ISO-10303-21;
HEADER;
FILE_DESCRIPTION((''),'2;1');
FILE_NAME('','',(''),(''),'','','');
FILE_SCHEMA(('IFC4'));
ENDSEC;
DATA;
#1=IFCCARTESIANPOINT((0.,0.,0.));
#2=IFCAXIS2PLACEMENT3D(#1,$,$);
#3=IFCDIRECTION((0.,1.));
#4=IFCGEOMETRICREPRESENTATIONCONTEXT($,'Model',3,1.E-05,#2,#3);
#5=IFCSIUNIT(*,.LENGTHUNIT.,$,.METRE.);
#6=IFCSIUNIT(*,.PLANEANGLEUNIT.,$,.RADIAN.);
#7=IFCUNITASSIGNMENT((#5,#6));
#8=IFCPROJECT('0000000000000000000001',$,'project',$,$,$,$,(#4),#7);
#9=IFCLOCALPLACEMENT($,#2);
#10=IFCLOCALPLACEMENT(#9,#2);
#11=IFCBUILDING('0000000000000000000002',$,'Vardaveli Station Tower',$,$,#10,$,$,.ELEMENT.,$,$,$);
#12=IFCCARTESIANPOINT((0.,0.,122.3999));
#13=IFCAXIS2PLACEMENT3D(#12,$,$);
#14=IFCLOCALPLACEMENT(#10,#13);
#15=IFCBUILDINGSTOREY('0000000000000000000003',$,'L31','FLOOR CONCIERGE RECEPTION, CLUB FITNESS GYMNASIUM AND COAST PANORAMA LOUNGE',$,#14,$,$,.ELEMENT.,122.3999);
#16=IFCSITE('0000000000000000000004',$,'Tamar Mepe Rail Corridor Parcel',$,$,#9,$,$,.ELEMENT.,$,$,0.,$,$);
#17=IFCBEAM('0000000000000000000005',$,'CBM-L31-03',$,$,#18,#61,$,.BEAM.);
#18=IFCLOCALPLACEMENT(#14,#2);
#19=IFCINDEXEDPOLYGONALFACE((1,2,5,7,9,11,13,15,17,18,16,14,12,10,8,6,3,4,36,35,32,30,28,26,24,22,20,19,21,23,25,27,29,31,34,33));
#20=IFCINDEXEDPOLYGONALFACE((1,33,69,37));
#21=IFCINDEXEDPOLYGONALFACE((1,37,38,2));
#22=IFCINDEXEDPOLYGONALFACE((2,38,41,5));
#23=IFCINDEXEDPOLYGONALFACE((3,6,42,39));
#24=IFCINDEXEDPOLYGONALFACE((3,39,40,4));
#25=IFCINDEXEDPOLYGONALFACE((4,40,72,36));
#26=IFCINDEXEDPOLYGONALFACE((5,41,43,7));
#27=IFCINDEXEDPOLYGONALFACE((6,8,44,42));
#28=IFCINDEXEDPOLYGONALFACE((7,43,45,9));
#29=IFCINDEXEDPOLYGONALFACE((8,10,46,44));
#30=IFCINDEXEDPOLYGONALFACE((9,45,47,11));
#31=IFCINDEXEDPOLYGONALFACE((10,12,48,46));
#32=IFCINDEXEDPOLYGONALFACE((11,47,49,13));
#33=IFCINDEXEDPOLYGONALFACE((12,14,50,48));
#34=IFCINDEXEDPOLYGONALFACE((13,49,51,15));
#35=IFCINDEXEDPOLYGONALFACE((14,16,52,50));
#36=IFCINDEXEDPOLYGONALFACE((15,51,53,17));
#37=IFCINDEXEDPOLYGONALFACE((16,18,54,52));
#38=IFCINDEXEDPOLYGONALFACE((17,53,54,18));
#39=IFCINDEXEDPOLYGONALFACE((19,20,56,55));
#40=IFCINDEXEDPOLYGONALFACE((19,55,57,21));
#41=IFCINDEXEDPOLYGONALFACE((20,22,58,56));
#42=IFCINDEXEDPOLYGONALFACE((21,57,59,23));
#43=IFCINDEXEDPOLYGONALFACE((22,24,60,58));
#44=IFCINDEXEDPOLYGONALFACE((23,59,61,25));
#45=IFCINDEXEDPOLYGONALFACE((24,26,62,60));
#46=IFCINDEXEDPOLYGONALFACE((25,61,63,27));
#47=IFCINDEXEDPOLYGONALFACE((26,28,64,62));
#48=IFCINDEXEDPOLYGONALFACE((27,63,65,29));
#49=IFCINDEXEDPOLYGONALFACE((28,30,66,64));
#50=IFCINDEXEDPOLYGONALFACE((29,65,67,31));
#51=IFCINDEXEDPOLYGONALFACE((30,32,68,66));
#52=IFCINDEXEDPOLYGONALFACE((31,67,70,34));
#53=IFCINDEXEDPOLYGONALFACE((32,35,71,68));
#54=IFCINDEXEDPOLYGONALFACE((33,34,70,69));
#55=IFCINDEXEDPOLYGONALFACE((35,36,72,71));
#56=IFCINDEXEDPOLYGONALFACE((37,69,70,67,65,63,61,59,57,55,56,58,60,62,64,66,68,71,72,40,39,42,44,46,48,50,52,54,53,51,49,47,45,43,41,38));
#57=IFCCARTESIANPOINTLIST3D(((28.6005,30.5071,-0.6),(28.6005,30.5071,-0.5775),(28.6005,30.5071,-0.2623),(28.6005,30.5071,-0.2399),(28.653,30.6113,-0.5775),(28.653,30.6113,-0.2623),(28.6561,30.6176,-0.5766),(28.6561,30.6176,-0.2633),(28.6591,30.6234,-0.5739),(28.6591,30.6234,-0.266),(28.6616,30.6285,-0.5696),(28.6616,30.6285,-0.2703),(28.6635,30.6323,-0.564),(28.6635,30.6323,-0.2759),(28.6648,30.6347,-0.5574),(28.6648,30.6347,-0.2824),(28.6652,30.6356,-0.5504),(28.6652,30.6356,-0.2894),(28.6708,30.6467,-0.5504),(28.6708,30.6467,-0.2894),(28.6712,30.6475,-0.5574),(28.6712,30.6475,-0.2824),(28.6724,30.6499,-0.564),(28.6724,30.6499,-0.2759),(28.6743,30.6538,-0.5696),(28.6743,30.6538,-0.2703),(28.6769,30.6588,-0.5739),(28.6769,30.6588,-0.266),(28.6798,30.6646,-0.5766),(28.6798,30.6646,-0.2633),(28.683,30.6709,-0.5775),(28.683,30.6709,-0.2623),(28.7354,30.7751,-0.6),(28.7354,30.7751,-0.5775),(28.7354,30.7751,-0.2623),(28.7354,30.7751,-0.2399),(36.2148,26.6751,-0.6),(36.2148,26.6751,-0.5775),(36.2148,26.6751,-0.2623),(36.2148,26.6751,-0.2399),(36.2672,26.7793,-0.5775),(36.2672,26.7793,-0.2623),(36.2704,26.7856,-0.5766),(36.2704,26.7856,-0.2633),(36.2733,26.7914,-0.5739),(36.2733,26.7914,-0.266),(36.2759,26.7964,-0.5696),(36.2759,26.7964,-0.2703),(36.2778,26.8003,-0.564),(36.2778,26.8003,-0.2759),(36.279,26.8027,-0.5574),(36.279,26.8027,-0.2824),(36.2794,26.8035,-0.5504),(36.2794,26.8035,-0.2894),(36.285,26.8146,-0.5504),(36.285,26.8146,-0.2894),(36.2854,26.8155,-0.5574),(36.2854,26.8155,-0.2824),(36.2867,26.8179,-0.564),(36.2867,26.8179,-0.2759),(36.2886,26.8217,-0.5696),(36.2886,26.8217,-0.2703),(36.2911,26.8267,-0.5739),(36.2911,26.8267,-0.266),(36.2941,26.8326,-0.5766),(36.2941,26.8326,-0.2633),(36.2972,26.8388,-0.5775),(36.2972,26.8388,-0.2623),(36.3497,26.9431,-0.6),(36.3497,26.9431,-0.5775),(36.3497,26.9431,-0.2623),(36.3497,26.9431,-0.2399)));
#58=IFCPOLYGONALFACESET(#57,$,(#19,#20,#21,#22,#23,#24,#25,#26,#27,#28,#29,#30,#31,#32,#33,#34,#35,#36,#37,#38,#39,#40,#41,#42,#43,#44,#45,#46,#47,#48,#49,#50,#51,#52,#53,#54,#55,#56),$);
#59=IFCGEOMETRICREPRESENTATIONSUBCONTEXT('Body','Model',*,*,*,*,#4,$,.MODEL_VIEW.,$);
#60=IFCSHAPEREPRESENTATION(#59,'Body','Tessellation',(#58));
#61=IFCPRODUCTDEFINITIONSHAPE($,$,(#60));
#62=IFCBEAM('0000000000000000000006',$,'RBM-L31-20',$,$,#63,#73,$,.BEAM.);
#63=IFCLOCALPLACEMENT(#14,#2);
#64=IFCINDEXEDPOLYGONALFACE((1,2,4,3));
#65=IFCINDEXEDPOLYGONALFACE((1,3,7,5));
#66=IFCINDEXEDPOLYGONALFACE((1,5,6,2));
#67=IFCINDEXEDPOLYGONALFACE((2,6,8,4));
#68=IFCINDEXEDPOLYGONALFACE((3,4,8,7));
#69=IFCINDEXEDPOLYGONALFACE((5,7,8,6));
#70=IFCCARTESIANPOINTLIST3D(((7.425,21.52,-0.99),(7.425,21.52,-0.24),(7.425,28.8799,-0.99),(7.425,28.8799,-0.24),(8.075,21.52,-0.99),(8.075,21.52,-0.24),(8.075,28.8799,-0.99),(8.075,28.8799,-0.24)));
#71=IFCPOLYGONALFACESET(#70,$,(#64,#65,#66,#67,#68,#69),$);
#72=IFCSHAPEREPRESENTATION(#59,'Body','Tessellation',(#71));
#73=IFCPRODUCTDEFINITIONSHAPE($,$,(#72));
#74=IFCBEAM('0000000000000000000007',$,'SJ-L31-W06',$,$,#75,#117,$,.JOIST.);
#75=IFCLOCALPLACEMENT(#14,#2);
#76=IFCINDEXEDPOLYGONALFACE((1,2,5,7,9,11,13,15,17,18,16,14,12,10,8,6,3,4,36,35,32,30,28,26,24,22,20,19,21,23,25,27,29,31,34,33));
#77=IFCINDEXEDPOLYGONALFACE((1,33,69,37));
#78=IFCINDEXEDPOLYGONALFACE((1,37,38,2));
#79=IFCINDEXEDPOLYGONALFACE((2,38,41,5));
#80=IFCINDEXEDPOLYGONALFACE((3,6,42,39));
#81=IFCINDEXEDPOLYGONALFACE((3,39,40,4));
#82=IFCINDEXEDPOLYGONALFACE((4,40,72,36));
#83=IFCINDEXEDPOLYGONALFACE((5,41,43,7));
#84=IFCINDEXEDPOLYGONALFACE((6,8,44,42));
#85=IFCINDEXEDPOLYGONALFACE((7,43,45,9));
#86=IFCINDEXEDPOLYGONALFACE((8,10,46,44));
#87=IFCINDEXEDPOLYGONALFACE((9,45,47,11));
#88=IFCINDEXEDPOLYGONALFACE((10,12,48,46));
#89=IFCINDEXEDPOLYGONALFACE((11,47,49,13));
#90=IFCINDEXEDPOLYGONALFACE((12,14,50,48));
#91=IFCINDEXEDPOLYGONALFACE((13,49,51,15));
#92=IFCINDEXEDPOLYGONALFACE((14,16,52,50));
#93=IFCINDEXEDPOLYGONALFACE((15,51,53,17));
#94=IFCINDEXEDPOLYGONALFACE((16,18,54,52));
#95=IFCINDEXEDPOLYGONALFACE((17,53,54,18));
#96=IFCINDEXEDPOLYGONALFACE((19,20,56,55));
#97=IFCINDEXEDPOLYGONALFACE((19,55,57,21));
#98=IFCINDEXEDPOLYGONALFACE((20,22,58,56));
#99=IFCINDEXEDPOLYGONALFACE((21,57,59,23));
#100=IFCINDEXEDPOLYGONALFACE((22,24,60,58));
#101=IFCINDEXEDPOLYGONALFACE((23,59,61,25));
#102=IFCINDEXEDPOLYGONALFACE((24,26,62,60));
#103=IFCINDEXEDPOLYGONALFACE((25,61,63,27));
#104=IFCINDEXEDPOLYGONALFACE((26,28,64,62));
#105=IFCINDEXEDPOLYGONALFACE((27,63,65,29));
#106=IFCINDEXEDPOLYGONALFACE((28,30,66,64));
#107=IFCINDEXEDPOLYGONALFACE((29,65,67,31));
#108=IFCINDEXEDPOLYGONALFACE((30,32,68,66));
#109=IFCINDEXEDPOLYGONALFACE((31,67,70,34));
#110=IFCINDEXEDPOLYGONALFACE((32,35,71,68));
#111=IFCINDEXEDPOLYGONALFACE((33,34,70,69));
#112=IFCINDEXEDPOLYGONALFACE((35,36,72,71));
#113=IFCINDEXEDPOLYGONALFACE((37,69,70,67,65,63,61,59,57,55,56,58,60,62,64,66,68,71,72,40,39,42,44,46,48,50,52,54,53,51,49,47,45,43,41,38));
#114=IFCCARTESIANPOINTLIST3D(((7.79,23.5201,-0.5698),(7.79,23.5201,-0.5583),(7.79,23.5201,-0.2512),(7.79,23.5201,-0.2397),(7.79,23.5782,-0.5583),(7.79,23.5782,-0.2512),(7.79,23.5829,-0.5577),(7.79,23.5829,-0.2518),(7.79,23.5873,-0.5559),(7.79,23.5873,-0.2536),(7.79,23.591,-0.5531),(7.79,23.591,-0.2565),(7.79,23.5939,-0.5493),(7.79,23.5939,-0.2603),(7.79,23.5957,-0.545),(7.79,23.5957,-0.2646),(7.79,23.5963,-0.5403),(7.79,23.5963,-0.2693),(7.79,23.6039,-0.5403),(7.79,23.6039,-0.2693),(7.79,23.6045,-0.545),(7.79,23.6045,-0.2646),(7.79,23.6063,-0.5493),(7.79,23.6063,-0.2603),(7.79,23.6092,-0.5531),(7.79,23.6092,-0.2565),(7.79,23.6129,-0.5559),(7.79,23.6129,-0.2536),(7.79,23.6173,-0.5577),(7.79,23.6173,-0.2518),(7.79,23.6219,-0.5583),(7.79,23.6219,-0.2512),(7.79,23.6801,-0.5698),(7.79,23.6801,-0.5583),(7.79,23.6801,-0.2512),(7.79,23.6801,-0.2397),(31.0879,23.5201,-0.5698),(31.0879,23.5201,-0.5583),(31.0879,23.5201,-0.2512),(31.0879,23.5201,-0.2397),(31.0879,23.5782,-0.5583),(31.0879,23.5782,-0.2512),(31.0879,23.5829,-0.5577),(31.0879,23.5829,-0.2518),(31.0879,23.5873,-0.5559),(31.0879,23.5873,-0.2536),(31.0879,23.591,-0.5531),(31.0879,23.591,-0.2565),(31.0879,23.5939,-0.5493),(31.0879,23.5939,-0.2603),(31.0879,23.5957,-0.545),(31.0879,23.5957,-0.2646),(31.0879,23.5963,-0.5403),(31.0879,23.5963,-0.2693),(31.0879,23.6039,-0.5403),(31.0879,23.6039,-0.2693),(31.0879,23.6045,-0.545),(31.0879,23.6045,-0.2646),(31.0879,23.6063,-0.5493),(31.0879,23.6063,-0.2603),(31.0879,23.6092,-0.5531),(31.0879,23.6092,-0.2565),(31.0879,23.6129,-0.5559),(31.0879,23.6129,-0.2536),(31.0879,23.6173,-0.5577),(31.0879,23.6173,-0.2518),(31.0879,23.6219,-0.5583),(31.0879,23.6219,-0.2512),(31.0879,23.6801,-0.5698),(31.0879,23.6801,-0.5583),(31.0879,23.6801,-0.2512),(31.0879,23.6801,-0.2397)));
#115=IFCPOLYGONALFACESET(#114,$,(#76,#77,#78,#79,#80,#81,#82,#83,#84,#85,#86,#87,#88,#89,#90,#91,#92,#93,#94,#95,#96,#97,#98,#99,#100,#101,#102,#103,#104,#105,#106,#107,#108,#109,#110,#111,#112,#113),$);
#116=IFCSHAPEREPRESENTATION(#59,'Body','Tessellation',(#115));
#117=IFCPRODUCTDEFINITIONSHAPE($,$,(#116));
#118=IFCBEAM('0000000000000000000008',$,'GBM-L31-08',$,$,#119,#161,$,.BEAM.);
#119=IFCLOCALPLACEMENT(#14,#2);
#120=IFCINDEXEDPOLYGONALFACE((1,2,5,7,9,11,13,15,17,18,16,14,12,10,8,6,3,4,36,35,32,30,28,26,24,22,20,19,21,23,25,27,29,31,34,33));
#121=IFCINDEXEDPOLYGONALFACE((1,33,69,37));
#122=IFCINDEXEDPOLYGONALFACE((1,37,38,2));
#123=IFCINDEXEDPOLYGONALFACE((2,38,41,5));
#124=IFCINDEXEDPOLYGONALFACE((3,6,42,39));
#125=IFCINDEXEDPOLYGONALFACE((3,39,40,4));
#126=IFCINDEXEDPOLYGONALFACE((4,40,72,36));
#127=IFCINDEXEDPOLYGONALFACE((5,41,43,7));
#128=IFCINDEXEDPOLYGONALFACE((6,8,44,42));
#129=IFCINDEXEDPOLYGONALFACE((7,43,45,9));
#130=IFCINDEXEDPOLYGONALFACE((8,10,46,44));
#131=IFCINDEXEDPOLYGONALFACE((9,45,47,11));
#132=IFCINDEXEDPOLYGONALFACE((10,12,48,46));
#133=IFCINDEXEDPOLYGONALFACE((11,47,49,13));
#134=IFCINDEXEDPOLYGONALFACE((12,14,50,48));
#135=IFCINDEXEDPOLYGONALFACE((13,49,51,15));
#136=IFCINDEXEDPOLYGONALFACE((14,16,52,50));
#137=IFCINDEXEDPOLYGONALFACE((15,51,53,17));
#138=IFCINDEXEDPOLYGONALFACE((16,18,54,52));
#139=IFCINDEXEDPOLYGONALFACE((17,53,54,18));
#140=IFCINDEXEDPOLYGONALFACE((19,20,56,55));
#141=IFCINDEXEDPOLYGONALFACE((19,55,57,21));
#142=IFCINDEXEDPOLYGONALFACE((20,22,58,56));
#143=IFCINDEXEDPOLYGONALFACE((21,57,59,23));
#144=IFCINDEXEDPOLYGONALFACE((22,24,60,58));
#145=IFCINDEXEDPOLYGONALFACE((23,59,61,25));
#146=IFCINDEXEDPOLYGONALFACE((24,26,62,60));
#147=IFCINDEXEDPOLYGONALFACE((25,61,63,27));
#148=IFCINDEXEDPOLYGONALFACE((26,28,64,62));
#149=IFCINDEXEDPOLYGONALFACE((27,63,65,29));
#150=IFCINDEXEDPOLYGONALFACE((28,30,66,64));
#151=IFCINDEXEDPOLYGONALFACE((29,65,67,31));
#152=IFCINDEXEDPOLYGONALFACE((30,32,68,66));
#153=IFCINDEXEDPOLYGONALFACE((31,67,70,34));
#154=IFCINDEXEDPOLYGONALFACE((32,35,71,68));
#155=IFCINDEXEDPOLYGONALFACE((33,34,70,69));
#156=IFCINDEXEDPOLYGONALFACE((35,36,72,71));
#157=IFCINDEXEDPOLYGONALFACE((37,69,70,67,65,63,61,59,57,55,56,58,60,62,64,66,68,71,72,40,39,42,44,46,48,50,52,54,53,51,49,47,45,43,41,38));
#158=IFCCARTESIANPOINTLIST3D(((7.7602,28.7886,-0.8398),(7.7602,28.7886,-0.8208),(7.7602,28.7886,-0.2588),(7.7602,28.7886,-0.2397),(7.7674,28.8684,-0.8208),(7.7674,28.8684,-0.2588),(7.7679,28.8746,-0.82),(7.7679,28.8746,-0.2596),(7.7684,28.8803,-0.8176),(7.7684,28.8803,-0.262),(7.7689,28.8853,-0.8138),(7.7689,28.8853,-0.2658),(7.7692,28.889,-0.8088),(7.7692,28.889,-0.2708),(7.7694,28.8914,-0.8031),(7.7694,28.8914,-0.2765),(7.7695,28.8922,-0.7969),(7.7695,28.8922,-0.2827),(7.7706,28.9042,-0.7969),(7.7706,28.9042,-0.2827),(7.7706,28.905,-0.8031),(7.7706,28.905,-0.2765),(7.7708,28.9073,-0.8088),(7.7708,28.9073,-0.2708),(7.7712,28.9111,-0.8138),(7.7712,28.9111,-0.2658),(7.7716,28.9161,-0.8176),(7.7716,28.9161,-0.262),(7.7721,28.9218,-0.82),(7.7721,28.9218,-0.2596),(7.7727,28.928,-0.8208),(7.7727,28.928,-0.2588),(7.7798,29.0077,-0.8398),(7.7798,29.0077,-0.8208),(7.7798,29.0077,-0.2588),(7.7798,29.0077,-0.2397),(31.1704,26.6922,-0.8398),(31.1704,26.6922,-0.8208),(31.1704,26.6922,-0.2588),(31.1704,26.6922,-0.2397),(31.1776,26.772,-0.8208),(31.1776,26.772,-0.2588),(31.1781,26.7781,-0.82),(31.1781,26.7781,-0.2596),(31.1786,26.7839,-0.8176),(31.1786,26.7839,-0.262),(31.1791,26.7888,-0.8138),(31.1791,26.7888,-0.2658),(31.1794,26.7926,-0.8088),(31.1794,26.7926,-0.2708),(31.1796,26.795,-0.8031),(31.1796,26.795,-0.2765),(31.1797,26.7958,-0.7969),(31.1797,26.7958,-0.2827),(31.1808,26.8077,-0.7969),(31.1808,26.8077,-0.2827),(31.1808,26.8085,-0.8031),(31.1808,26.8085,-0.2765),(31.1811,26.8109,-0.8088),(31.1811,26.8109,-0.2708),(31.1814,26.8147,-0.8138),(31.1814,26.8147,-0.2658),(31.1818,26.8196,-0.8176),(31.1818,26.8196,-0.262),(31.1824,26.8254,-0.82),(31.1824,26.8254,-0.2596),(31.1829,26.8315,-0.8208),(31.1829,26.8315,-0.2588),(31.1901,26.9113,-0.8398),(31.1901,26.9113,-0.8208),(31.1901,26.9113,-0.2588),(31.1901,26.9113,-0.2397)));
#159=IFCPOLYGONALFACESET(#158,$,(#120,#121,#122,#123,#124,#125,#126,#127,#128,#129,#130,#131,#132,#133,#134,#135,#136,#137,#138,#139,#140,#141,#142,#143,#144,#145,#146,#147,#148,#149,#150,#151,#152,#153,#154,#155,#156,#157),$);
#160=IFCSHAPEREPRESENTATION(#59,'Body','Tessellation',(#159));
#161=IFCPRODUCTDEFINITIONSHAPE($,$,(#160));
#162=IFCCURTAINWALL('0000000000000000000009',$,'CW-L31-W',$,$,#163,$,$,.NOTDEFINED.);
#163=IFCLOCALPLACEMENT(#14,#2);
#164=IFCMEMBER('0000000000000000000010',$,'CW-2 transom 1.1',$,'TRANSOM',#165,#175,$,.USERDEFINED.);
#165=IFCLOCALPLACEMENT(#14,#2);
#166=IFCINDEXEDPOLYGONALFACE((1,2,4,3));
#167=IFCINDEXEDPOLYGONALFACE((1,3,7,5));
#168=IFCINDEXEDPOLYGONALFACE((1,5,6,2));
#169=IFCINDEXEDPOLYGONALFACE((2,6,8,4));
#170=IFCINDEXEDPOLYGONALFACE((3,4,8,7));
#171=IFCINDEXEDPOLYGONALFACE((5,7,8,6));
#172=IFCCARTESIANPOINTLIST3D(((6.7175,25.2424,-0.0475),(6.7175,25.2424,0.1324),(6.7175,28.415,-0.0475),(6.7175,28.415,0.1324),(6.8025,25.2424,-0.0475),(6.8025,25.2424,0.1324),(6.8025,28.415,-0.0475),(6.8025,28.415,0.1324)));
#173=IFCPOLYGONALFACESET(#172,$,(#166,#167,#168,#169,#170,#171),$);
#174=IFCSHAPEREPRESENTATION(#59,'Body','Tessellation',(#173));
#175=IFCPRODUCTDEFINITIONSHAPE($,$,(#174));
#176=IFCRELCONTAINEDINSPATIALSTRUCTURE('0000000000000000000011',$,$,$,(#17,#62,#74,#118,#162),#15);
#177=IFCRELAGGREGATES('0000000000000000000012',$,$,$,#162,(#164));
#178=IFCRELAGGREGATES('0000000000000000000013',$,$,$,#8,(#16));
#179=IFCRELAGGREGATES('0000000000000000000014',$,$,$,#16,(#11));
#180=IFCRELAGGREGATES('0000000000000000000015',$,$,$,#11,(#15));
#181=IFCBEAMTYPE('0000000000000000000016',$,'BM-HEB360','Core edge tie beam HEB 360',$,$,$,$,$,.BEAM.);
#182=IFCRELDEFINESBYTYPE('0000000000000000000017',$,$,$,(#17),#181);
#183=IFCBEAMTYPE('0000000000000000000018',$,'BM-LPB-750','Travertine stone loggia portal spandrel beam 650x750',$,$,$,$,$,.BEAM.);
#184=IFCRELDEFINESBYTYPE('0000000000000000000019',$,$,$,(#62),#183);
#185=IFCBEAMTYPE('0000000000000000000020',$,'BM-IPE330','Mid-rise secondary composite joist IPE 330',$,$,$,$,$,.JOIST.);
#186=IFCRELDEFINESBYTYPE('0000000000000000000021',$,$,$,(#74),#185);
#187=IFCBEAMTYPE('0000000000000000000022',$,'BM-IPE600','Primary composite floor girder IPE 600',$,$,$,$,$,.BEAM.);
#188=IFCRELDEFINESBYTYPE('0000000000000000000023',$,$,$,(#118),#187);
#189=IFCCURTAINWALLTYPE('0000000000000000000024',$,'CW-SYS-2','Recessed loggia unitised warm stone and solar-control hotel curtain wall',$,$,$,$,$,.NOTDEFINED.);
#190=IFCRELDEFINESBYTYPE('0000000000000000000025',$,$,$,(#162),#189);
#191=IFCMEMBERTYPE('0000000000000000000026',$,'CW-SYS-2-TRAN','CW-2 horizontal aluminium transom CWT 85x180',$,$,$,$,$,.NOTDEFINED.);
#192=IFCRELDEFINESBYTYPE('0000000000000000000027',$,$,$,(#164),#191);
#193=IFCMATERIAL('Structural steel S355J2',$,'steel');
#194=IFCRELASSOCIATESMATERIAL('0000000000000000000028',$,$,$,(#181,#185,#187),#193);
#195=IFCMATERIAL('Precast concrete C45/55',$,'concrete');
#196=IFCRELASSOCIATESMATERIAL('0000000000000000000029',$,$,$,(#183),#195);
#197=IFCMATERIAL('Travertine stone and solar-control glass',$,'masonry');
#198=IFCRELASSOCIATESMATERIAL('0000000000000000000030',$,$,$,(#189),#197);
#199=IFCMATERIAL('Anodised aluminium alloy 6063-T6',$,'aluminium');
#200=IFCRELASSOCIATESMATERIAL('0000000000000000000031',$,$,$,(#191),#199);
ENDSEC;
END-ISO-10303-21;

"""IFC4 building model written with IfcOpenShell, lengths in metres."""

from ifc_helpers import new_model, si_unit, direction, frame, origin, origin_2d, place, context, subcontext, project, spatial, rectangle, i_section, extrude, source, transform, mapped, material, material_profile, profile_set, type_object, element, aggregate, save


model = new_model("IFC4")

# Units and contexts
model_context = context("Model", 3, precision=1e-05, world=origin(), true_north=direction((0.0, 1.0)))
body_context = subcontext(model_context, "Body", "Model", "MODEL_VIEW")
ifc_project = project(units=[si_unit("LENGTHUNIT", "METRE"), si_unit("PLANEANGLEUNIT", "RADIAN")], contexts=[model_context])

# Site, building, storey
site_placement = place(None, origin())
site = spatial("IfcSite", under=ifc_project, at=site_placement, Name="Tamar Mepe Rail Corridor Parcel", CompositionType="ELEMENT", RefElevation=0.0)
building_placement = place(site_placement, origin())
building = spatial("IfcBuilding", under=site, at=building_placement, Name="Vardaveli Station Tower", CompositionType="ELEMENT")
storey_placement = place(building_placement, frame((0.0, 0.0, 122.3999)))
storey = spatial("IfcBuildingStorey", under=building, at=storey_placement, Name="L31", Description="FLOOR CONCIERGE RECEPTION, CLUB FITNESS GYMNASIUM AND COAST PANORAMA LOUNGE", CompositionType="ELEMENT", Elevation=122.3999)

# Beams
ifc_material_1 = material(Name="Structural steel S355J2", Category="steel")
ifc_material_profile_1 = material_profile(ifc_material_1, i_section(OverallWidth=0.3, OverallDepth=0.3601, WebThickness=0.0125, FlangeThickness=0.0225, FilletRadius=0.0271, at=origin_2d()), Name="HEB 360")
ifc_profile_set_1 = profile_set([ifc_material_profile_1], Name="Structural steel S355J2")
beam_type_1 = type_object("IfcBeamType", Name="BM-HEB360", Description="Core edge tie beam HEB 360", PredefinedType="BEAM", material=ifc_profile_set_1)
shared_shape_1 = source(origin(), body_context, "Body", "SweptSolid", [
    extrude(i_section(OverallWidth=0.3, OverallDepth=0.3601, WebThickness=0.0125, FlangeThickness=0.0225, FilletRadius=0.0271, at=origin_2d()), origin(), (0.0, 0.0, 1.0), 8.5242),
])
beam_1_placement = place(storey_placement, frame((28.668, 30.6411, -0.4199), z_axis=(0.893256, -0.449549, 0.0), x_axis=(0.449549, 0.893256, 0.0)))
element("IfcBeam", 1, at=beam_1_placement, inside=storey, type_object=beam_type_1, Name="CBM-L31-03", PredefinedType="BEAM", context=body_context, shape_type="MappedRepresentation", body=[
    mapped(shared_shape_1, transform((0.0, 0.0, 0.0), scale=1.0)),
])
ifc_material_2 = material(Name="Precast concrete C45/55", Category="concrete")
ifc_material_profile_2 = material_profile(ifc_material_2, rectangle(XDim=0.6499, YDim=0.75, at=origin_2d()), Name="LPB 650x750")
ifc_profile_set_2 = profile_set([ifc_material_profile_2], Name="Precast concrete C45/55")
beam_type_2 = type_object("IfcBeamType", Name="BM-LPB-750", Description="Travertine stone loggia portal spandrel beam 650x750", PredefinedType="BEAM", material=ifc_profile_set_2)
shared_shape_2 = source(origin(), body_context, "Body", "SweptSolid", [
    extrude(rectangle(XDim=0.6499, YDim=0.75, at=origin_2d()), origin(), (0.0, 0.0, 1.0), 7.3599),
])
beam_2_placement = place(storey_placement, frame((7.75, 28.8799, -0.615), z_axis=(0.0, -1.0, 0.0), x_axis=(1.0, 0.0, 0.0)))
element("IfcBeam", 2, at=beam_2_placement, inside=storey, type_object=beam_type_2, Name="RBM-L31-20", PredefinedType="BEAM", context=body_context, shape_type="MappedRepresentation", body=[
    mapped(shared_shape_2, transform((0.0, 0.0, 0.0), scale=1.0)),
])
ifc_material_profile_3 = material_profile(ifc_material_1, i_section(OverallWidth=0.1599, OverallDepth=0.3301, WebThickness=0.0076, FlangeThickness=0.0115, FilletRadius=0.0181, at=origin_2d()), Name="IPE 330")
ifc_profile_set_3 = profile_set([ifc_material_profile_3], Name="Structural steel S355J2")
beam_type_3 = type_object("IfcBeamType", Name="BM-IPE330", Description="Mid-rise secondary composite joist IPE 330", PredefinedType="JOIST", material=ifc_profile_set_3)
shared_shape_3 = source(origin(), body_context, "Body", "SweptSolid", [
    extrude(i_section(OverallWidth=0.1599, OverallDepth=0.3301, WebThickness=0.0076, FlangeThickness=0.0115, FilletRadius=0.0181, at=origin_2d()), origin(), (0.0, 0.0, 1.0), 23.2979),
])
beam_3_placement = place(storey_placement, frame((7.79, 23.6001, -0.4048), z_axis=(1.0, 0.0, 0.0), x_axis=(0.0, 1.0, 0.0)))
element("IfcBeam", 3, at=beam_3_placement, inside=storey, type_object=beam_type_3, Name="SJ-L31-W06", PredefinedType="JOIST", context=body_context, shape_type="MappedRepresentation", body=[
    mapped(shared_shape_3, transform((0.0, 0.0, 0.0), scale=1.0)),
])
ifc_material_profile_4 = material_profile(ifc_material_1, i_section(OverallWidth=0.22, OverallDepth=0.6001, WebThickness=0.012, FlangeThickness=0.019, FilletRadius=0.0239, at=origin_2d()), Name="IPE 600")
ifc_profile_set_4 = profile_set([ifc_material_profile_4], Name="Structural steel S355J2")
beam_type_4 = type_object("IfcBeamType", Name="BM-IPE600", Description="Primary composite floor girder IPE 600", PredefinedType="BEAM", material=ifc_profile_set_4)
shared_shape_4 = source(origin(), body_context, "Body", "SweptSolid", [
    extrude(i_section(OverallWidth=0.22, OverallDepth=0.6001, WebThickness=0.012, FlangeThickness=0.019, FilletRadius=0.0239, at=origin_2d()), origin(), (0.0, 0.0, 1.0), 23.5039),
])
beam_4_placement = place(storey_placement, frame((7.77, 28.8982, -0.5398), z_axis=(0.996014, -0.089195, 0.0), x_axis=(0.089195, 0.996014, 0.0)))
element("IfcBeam", 4, at=beam_4_placement, inside=storey, type_object=beam_type_4, Name="GBM-L31-08", PredefinedType="BEAM", context=body_context, shape_type="MappedRepresentation", body=[
    mapped(shared_shape_4, transform((0.0, 0.0, 0.0), scale=1.0)),
])

# Curtain wall, member
ifc_material_3 = material(Name="Travertine stone and solar-control glass", Category="masonry")
curtain_wall_type = type_object("IfcCurtainWallType", Name="CW-SYS-2", Description="Recessed loggia unitised warm stone and solar-control hotel curtain wall", PredefinedType="NOTDEFINED", material=ifc_material_3)
curtain_wall_placement = place(storey_placement, origin())
curtain_wall = element("IfcCurtainWall", 5, at=curtain_wall_placement, inside=storey, type_object=curtain_wall_type, Name="CW-L31-W", PredefinedType="NOTDEFINED")
ifc_material_4 = material(Name="Anodised aluminium alloy 6063-T6", Category="aluminium")
ifc_material_profile_5 = material_profile(ifc_material_4, rectangle(XDim=0.085, YDim=0.1799, at=origin_2d()), Name="CWT 85x180")
ifc_profile_set_5 = profile_set([ifc_material_profile_5], Name="Anodised aluminium alloy 6063-T6")
member_type_1 = type_object("IfcMemberType", Name="CW-SYS-2-TRAN", Description="CW-2 horizontal aluminium transom CWT 85x180", PredefinedType="NOTDEFINED", material=ifc_profile_set_5)
shared_shape_5 = source(origin(), body_context, "Body", "SweptSolid", [
    extrude(rectangle(XDim=0.085, YDim=0.1799, at=origin_2d()), origin(), (0.0, 0.0, 1.0), 3.1726),
])
member_1_placement = place(storey_placement, frame((6.76, 28.415, 0.0425), z_axis=(0.0, -1.0, 0.0), x_axis=(1.0, 0.0, 0.0)))
member_1 = element("IfcMember", 6, at=member_1_placement, type_object=member_type_1, Name="CW-2 transom 1.1", ObjectType="TRANSOM", PredefinedType="USERDEFINED", context=body_context, shape_type="MappedRepresentation", body=[
    mapped(shared_shape_5, transform((0.0, 0.0, 0.0), scale=1.0)),
])
aggregate(curtain_wall, [member_1])

save(model, "model.ifc")
